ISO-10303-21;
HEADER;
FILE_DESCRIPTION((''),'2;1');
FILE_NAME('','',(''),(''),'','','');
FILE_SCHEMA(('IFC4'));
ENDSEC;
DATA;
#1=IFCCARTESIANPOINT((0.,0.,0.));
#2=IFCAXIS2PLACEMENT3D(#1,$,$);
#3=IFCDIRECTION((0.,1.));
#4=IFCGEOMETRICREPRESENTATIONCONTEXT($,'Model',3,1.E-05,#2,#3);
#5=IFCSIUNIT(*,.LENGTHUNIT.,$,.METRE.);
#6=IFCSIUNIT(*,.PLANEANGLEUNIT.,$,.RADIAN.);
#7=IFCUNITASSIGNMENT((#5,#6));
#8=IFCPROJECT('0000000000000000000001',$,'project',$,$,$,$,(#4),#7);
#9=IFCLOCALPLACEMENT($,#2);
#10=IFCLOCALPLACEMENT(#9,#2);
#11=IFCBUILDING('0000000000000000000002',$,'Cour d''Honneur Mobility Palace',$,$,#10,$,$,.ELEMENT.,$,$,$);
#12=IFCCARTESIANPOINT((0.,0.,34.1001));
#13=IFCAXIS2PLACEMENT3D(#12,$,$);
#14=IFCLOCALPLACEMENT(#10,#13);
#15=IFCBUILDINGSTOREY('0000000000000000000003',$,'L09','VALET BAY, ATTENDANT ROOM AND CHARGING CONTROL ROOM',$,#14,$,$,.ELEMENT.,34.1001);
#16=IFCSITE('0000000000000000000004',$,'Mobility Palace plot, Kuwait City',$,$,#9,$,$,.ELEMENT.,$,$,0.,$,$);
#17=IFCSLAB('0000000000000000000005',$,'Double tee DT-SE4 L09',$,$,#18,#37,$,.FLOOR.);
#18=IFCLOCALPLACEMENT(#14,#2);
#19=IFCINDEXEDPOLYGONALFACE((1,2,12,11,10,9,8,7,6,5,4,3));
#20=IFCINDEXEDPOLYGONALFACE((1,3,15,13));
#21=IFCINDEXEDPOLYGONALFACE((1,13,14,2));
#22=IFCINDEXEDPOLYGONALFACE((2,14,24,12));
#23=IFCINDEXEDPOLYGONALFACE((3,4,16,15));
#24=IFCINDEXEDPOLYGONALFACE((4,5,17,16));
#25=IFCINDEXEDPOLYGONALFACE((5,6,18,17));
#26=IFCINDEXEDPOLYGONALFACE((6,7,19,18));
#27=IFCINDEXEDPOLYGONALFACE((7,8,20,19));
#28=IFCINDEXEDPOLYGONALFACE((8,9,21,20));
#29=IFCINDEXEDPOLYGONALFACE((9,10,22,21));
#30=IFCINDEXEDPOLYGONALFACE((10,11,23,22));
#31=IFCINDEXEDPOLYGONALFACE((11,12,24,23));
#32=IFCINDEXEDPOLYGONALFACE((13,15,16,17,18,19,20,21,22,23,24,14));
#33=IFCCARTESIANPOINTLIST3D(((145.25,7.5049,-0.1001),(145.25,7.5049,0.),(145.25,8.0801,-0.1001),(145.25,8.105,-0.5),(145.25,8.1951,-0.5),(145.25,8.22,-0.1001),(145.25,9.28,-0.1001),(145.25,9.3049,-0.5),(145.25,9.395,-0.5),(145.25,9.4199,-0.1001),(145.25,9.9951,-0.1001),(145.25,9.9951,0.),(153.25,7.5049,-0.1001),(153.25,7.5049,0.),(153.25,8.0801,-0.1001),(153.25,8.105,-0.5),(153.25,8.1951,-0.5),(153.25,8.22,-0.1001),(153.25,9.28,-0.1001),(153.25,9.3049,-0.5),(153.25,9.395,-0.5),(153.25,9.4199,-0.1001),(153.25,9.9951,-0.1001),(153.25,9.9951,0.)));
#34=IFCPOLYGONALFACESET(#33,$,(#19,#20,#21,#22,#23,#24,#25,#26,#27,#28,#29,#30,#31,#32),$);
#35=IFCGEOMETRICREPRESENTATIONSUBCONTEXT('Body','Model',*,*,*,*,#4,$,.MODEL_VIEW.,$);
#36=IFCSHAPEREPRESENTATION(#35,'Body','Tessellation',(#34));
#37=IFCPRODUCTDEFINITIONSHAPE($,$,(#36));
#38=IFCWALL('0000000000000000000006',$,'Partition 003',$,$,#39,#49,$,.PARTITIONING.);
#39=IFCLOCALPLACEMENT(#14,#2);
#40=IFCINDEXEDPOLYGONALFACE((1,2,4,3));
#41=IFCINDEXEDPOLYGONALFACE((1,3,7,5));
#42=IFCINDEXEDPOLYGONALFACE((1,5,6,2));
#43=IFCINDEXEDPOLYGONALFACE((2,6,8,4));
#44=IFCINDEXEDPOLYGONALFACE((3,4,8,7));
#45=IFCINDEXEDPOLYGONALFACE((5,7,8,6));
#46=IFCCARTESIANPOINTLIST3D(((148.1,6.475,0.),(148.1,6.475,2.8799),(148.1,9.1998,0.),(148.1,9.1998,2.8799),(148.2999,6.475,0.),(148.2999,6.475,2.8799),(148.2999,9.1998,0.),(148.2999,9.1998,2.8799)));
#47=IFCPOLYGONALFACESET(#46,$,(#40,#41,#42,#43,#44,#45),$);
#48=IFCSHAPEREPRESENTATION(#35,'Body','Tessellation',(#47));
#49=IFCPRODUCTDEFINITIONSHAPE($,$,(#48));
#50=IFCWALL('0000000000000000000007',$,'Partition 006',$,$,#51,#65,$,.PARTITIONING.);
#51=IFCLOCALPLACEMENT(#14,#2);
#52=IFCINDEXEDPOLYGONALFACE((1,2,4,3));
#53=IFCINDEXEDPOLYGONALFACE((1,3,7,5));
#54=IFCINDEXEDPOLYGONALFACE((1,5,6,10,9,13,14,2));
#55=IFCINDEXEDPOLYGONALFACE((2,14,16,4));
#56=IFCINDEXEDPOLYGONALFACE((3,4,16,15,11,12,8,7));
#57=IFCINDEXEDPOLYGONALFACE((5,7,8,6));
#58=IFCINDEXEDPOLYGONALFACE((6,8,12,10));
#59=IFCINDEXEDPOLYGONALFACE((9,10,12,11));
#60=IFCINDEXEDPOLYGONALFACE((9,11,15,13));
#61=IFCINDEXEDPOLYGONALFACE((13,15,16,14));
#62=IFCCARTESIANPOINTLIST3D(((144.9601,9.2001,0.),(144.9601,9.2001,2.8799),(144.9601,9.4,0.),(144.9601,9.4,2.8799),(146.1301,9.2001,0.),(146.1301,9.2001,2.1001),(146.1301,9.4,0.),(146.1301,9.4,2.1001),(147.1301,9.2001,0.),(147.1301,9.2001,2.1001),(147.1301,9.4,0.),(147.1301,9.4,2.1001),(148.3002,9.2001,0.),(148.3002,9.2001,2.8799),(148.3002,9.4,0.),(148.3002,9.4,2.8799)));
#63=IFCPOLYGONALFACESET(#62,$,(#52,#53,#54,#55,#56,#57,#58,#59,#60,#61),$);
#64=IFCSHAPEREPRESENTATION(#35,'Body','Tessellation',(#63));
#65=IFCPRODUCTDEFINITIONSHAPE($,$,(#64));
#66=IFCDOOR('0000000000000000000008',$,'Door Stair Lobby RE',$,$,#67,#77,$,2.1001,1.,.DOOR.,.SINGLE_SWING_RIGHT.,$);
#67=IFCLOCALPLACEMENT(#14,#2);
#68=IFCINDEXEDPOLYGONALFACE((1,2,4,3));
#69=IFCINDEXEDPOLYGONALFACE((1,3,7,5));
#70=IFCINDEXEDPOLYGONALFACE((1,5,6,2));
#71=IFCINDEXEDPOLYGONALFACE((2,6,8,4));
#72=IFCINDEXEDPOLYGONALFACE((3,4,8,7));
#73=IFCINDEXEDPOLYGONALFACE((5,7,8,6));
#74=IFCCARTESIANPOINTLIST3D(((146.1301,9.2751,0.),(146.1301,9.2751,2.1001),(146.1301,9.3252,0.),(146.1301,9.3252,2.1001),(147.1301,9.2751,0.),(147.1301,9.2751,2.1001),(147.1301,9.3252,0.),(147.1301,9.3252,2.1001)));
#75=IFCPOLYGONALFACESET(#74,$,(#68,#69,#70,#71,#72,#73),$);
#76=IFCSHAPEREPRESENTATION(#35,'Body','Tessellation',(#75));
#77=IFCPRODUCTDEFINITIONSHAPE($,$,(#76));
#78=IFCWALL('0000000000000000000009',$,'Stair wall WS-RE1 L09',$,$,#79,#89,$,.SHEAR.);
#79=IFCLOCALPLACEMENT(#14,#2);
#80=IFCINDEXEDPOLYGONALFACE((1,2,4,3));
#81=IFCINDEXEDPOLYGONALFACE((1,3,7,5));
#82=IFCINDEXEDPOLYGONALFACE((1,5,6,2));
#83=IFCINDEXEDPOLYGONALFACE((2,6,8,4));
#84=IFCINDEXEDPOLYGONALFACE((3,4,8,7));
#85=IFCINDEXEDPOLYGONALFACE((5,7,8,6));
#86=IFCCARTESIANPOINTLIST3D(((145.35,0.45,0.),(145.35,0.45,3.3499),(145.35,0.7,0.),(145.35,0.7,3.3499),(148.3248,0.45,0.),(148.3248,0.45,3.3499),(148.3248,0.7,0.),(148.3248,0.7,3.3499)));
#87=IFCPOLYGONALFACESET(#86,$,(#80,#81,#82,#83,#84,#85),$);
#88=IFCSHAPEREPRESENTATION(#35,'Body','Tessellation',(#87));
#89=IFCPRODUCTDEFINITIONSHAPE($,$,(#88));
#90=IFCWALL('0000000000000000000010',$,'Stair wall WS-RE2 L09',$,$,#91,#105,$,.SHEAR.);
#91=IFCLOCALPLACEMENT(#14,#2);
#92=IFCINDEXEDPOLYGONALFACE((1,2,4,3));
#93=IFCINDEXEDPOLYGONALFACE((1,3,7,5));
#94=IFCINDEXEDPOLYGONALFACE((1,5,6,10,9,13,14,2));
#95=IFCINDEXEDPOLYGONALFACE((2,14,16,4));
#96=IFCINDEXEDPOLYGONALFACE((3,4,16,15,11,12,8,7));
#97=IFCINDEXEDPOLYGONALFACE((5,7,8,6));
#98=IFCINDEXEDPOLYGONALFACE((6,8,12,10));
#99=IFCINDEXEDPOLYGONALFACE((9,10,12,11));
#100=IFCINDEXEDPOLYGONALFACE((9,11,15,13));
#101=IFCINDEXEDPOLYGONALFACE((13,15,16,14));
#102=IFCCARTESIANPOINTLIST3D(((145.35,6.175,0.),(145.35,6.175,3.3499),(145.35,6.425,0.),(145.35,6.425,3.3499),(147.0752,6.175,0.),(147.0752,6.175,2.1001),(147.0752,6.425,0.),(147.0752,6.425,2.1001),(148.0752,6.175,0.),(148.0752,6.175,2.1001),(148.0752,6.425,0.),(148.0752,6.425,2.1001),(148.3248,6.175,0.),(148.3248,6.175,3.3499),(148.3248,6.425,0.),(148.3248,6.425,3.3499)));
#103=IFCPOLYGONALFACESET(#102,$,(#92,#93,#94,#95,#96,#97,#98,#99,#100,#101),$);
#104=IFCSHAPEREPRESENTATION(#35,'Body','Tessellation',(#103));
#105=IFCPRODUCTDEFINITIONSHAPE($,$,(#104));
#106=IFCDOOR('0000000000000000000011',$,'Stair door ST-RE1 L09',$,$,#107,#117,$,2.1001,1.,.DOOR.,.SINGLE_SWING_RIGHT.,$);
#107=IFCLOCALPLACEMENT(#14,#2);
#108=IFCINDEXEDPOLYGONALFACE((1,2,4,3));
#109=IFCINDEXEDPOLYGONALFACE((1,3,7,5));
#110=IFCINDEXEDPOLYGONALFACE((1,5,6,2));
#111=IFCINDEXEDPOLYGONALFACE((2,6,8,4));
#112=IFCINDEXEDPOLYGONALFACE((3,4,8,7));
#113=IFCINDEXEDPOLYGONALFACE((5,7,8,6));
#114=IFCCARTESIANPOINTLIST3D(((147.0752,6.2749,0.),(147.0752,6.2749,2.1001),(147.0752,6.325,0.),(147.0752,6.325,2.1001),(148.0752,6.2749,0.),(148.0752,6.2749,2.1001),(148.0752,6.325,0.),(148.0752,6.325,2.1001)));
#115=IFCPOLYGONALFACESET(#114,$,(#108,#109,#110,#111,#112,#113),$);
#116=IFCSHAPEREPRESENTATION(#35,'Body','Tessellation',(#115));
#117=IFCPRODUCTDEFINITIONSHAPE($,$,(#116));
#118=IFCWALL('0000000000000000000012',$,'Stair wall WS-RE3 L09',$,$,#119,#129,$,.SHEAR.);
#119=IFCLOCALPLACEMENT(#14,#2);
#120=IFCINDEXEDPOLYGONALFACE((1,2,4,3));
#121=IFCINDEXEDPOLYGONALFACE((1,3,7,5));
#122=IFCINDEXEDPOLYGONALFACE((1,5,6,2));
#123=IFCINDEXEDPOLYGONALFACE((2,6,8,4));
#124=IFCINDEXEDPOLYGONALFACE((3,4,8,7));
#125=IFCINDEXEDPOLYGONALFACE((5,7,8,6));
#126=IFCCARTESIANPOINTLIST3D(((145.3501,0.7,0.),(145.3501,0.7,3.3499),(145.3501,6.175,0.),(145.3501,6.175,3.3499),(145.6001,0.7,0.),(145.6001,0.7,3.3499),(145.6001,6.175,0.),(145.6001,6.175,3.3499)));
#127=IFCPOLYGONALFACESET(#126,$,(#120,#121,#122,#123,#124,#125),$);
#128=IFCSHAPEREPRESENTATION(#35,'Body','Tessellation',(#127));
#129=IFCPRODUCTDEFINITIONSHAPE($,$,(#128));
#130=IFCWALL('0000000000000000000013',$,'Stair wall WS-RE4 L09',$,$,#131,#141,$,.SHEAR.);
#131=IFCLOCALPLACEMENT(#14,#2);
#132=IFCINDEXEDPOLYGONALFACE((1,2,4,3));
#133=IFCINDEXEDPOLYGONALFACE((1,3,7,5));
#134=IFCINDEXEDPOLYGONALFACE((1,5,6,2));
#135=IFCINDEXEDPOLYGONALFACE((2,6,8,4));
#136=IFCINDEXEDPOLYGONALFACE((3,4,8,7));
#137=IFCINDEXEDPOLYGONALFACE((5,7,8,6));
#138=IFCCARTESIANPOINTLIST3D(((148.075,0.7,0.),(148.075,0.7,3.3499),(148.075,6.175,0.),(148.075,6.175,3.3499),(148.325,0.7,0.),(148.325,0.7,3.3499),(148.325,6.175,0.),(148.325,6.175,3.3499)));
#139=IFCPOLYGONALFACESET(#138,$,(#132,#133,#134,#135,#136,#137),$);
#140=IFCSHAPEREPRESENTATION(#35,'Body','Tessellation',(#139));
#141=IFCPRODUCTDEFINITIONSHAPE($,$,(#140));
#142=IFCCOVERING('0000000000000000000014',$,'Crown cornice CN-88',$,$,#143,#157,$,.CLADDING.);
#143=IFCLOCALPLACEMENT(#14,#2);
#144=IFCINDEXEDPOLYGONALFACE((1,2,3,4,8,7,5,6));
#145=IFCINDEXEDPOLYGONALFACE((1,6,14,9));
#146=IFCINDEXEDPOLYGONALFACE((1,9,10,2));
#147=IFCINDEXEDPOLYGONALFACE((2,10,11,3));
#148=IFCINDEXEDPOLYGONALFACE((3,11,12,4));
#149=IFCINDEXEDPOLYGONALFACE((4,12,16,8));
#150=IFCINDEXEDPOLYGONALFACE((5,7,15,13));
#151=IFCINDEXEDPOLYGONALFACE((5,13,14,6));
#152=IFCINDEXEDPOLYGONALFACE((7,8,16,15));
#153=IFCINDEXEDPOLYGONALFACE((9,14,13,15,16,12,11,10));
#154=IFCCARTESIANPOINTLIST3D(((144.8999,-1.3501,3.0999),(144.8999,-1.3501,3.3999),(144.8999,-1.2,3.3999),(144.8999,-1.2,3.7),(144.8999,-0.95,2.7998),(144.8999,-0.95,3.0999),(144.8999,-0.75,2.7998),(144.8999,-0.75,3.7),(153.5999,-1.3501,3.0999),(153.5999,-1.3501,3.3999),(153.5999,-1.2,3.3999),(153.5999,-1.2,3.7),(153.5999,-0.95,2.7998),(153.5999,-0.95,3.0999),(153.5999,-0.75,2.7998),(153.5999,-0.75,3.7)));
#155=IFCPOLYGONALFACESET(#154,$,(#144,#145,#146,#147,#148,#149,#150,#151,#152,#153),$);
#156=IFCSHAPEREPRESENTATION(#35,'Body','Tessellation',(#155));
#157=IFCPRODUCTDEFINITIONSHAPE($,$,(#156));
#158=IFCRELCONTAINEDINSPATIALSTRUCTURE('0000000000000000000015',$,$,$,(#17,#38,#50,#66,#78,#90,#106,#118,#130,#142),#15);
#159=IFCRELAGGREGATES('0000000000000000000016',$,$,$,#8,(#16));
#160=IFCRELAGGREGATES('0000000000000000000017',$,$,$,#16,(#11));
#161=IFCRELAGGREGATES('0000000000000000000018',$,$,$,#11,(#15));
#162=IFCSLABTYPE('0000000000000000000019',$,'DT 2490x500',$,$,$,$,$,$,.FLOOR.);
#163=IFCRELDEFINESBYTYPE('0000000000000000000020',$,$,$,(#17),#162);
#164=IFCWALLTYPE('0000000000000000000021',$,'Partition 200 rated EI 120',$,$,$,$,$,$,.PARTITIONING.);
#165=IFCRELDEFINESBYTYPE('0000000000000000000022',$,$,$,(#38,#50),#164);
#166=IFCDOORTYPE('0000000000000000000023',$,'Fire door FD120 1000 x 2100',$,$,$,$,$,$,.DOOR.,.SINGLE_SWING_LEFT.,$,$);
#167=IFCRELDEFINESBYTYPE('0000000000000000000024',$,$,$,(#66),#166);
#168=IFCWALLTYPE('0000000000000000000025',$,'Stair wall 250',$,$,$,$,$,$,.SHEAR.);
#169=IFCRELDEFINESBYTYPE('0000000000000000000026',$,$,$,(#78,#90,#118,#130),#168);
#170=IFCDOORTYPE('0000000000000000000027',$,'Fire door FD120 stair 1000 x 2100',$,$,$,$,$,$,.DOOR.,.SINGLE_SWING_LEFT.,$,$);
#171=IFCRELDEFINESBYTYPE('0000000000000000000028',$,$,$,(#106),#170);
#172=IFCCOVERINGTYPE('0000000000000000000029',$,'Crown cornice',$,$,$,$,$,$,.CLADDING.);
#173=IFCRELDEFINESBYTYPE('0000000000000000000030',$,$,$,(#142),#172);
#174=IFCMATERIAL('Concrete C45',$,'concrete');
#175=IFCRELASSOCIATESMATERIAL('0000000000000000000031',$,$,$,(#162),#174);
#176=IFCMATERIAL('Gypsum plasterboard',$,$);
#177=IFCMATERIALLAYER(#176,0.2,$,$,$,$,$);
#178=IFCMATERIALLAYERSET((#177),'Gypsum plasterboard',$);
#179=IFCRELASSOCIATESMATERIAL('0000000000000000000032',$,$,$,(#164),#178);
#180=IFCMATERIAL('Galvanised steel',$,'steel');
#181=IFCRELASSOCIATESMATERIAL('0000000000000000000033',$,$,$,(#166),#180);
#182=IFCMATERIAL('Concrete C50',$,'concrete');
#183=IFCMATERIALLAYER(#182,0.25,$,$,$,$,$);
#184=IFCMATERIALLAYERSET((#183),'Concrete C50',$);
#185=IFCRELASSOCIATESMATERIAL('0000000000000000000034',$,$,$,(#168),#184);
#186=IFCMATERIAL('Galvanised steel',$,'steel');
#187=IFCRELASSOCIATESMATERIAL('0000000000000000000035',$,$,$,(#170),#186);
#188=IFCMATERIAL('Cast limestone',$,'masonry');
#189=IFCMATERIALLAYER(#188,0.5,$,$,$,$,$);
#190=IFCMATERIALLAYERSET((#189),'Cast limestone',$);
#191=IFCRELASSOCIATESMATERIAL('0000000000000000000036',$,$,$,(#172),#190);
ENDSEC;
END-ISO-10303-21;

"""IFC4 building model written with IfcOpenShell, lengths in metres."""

from ifc_helpers import new_model, si_unit, direction, frame, frame_2d, origin, place, context, subcontext, project, spatial, polyline, rectangle, outline, extrude, material, layer, layer_set, material_profile, profile_set, type_object, element, fill, save


model = new_model("IFC4")

# Units and contexts
model_context = context("Model", 3, precision=1e-05, world=origin(), true_north=direction((0.0, 1.0)))
body_context = subcontext(model_context, "Body", "Model", "MODEL_VIEW")
ifc_project = project(units=[si_unit("LENGTHUNIT", "METRE"), si_unit("PLANEANGLEUNIT", "RADIAN")], contexts=[model_context])

# Site, building, storey
site_placement = place(None, origin())
site = spatial("IfcSite", under=ifc_project, at=site_placement, Name="Mobility Palace plot, Kuwait City", CompositionType="ELEMENT", RefElevation=0.0)
building_placement = place(site_placement, origin())
building = spatial("IfcBuilding", under=site, at=building_placement, Name="Cour d'Honneur Mobility Palace", CompositionType="ELEMENT")
storey_placement = place(building_placement, frame((0.0, 0.0, 34.1001)))
storey = spatial("IfcBuildingStorey", under=building, at=storey_placement, Name="L09", Description="VALET BAY, ATTENDANT ROOM AND CHARGING CONTROL ROOM", CompositionType="ELEMENT", Elevation=34.1001)

# Slab
ifc_material_1 = material(Name="Concrete C45", Category="concrete")
ifc_material_profile_1 = material_profile(ifc_material_1, outline(polyline([(-1.2451, 0.0), (1.2451, 0.0), (1.2451, -0.1001), (0.6699, -0.1001), (0.645, -0.5), (0.5549, -0.5), (0.53, -0.1001), (-0.53, -0.1001), (-0.5549, -0.5), (-0.645, -0.5), (-0.6699, -0.1001), (-1.2451, -0.1001), (-1.2451, 0.0)])), Name="DT 2490x500")
ifc_profile_set_1 = profile_set([ifc_material_profile_1], Name="Concrete C45")
slab_type_1 = type_object("IfcSlabType", Name="DT 2490x500", PredefinedType="FLOOR", material=ifc_profile_set_1)
slab_1_placement = place(storey_placement, frame((145.25, 8.75, 0.0), z_axis=(1.0, 0.0, 0.0), x_axis=(0.0, 1.0, 0.0)))
element("IfcSlab", 1, at=slab_1_placement, inside=storey, type_object=slab_type_1, Name="Double tee DT-SE4 L09", PredefinedType="FLOOR", context=body_context, shape_type="SweptSolid", body=[
    extrude(outline(polyline([(-1.2451, 0.0), (1.2451, 0.0), (1.2451, -0.1001), (0.6699, -0.1001), (0.645, -0.5), (0.5549, -0.5), (0.53, -0.1001), (-0.53, -0.1001), (-0.5549, -0.5), (-0.645, -0.5), (-0.6699, -0.1001), (-1.2451, -0.1001), (-1.2451, 0.0)])), origin(), (0.0, 0.0, 1.0), 8.0),
])

# Wall
ifc_material_2 = material(Name="Gypsum plasterboard")
ifc_layer_1 = layer(ifc_material_2, 0.2)
ifc_layer_set_1 = layer_set([ifc_layer_1], Name="Gypsum plasterboard")
wall_type_1 = type_object("IfcWallType", Name="Partition 200 rated EI 120", PredefinedType="PARTITIONING", material=ifc_layer_set_1)
wall_1_placement = place(storey_placement, frame((148.2, 6.4751, 0.0), z_axis=(0.0, 0.0, 1.0), x_axis=(0.0, 1.0, 0.0)))
element("IfcWall", 2, at=wall_1_placement, inside=storey, type_object=wall_type_1, Name="Partition 003", PredefinedType="PARTITIONING", context=body_context, shape_type="SweptSolid", body=[
    extrude(rectangle(XDim=2.7249, YDim=0.2, at=frame_2d((1.3623, 0.0))), origin(), (0.0, 0.0, 1.0), 2.8799),
])

# Wall, opening, door
wall_2_placement = place(storey_placement, frame((148.3, 9.3, 0.0), z_axis=(0.0, 0.0, 1.0), x_axis=(-1.0, 0.0, 0.0)))
wall_2 = element("IfcWall", 3, at=wall_2_placement, inside=storey, type_object=wall_type_1, Name="Partition 006", PredefinedType="PARTITIONING", context=body_context, shape_type="SweptSolid", body=[
    extrude(rectangle(XDim=3.3401, YDim=0.2, at=frame_2d((1.6699, 0.0))), origin(), (0.0, 0.0, 1.0), 2.8799),
])
opening_1_placement = place(wall_2_placement, frame((1.1699, 0.0, 0.0)))
opening_1 = element("IfcOpeningElement", 4, at=opening_1_placement, cuts=wall_2, PredefinedType="OPENING", context=body_context, shape_type="SweptSolid", body=[
    extrude(rectangle(XDim=1.0, YDim=2.1001, at=frame_2d((0.5, 1.05))), frame((0.0, 0.1099, 0.0), z_axis=(0.0, -1.0, 0.0), x_axis=(1.0, 0.0, 0.0)), (0.0, 0.0, 1.0), 0.22),
])
ifc_material_3 = material(Name="Galvanised steel", Category="steel")
door_type_1 = type_object("IfcDoorType", Name="Fire door FD120 1000 x 2100", OperationType="SINGLE_SWING_LEFT", PredefinedType="DOOR", material=ifc_material_3)
door_1_placement = place(opening_1_placement, origin())
door_1 = element("IfcDoor", 5, at=door_1_placement, inside=storey, type_object=door_type_1, Name="Door Stair Lobby RE", OperationType="SINGLE_SWING_RIGHT", OverallHeight=2.1001, OverallWidth=1.0, PredefinedType="DOOR", context=body_context, shape_type="SweptSolid", body=[
    extrude(rectangle(XDim=1.0, YDim=2.1001, at=frame_2d((0.5, 1.05))), frame((0.0, 0.0249, 0.0), z_axis=(0.0, -1.0, 0.0), x_axis=(1.0, 0.0, 0.0)), (0.0, 0.0, 1.0), 0.05),
])
fill(opening_1, door_1)

# Wall
ifc_material_4 = material(Name="Concrete C50", Category="concrete")
ifc_layer_2 = layer(ifc_material_4, 0.25)
ifc_layer_set_2 = layer_set([ifc_layer_2], Name="Concrete C50")
wall_type_2 = type_object("IfcWallType", Name="Stair wall 250", PredefinedType="SHEAR", material=ifc_layer_set_2)
wall_3_placement = place(storey_placement, frame((145.3501, 0.575, 0.0), z_axis=(0.0, 0.0, 1.0), x_axis=(1.0, 0.0, 0.0)))
element("IfcWall", 6, at=wall_3_placement, inside=storey, type_object=wall_type_2, Name="Stair wall WS-RE1 L09", PredefinedType="SHEAR", context=body_context, shape_type="SweptSolid", body=[
    extrude(rectangle(XDim=2.9749, YDim=0.25, at=frame_2d((1.4873, 0.0))), origin(), (0.0, 0.0, 1.0), 3.3499),
])

# Wall, opening, door
wall_4_placement = place(storey_placement, frame((145.3501, 6.3, 0.0), z_axis=(0.0, 0.0, 1.0), x_axis=(1.0, 0.0, 0.0)))
wall_4 = element("IfcWall", 7, at=wall_4_placement, inside=storey, type_object=wall_type_2, Name="Stair wall WS-RE2 L09", PredefinedType="SHEAR", context=body_context, shape_type="SweptSolid", body=[
    extrude(rectangle(XDim=2.9749, YDim=0.25, at=frame_2d((1.4873, 0.0))), origin(), (0.0, 0.0, 1.0), 3.3499),
])
opening_2_placement = place(wall_4_placement, frame((1.7251, 0.0, 0.0)))
opening_2 = element("IfcOpeningElement", 8, at=opening_2_placement, cuts=wall_4, PredefinedType="OPENING", context=body_context, shape_type="SweptSolid", body=[
    extrude(rectangle(XDim=1.0, YDim=2.1001, at=frame_2d((0.5, 1.05))), frame((0.0, 0.135, 0.0), z_axis=(0.0, -1.0, 0.0), x_axis=(1.0, 0.0, 0.0)), (0.0, 0.0, 1.0), 0.27),
])
ifc_material_5 = material(Name="Galvanised steel", Category="steel")
door_type_2 = type_object("IfcDoorType", Name="Fire door FD120 stair 1000 x 2100", OperationType="SINGLE_SWING_LEFT", PredefinedType="DOOR", material=ifc_material_5)
door_2_placement = place(opening_2_placement, origin())
door_2 = element("IfcDoor", 9, at=door_2_placement, inside=storey, type_object=door_type_2, Name="Stair door ST-RE1 L09", OperationType="SINGLE_SWING_RIGHT", OverallHeight=2.1001, OverallWidth=1.0, PredefinedType="DOOR", context=body_context, shape_type="SweptSolid", body=[
    extrude(rectangle(XDim=1.0, YDim=2.1001, at=frame_2d((0.5, 1.05))), frame((0.0, 0.0249, 0.0), z_axis=(0.0, -1.0, 0.0), x_axis=(1.0, 0.0, 0.0)), (0.0, 0.0, 1.0), 0.05),
])
fill(opening_2, door_2)

# Walls
for number, where, z_axis, x_axis, name in (
    (10, (145.4751, 0.7, 0.0), (0.0, 0.0, 1.0), (0.0, 1.0, 0.0), "Stair wall WS-RE3 L09"),
    (11, (148.2, 0.7, 0.0), (0.0, 0.0, 1.0), (0.0, 1.0, 0.0), "Stair wall WS-RE4 L09"),
):
    element("IfcWall", number, at=place(storey_placement, frame(where, z_axis=z_axis, x_axis=x_axis)), inside=storey, type_object=wall_type_2, Name=name, PredefinedType="SHEAR", context=body_context, shape_type="SweptSolid", body=[
        extrude(rectangle(XDim=5.4751, YDim=0.25, at=frame_2d((2.7375, 0.0))), origin(), (0.0, 0.0, 1.0), 3.3499),
    ])

# Covering
ifc_material_6 = material(Name="Cast limestone", Category="masonry")
ifc_layer_3 = layer(ifc_material_6, 0.5)
ifc_layer_set_3 = layer_set([ifc_layer_3], Name="Cast limestone")
covering_type = type_object("IfcCoveringType", Name="Crown cornice", PredefinedType="CLADDING", material=ifc_layer_set_3)
covering_placement = place(storey_placement, frame((144.8999, -0.75, 2.7998), z_axis=(-1.0, 0.0, 0.0), x_axis=(0.0, -1.0, 0.0)))
element("IfcCovering", 12, at=covering_placement, inside=storey, type_object=covering_type, Name="Crown cornice CN-88", PredefinedType="CLADDING", context=body_context, shape_type="SweptSolid", body=[
    extrude(outline(polyline([(0.0, 0.0), (0.2, 0.0), (0.2, 0.3), (0.6001, 0.3), (0.6001, 0.6001), (0.45, 0.6001), (0.45, 0.9001), (0.0, 0.9001), (0.0, 0.0)])), origin(), (0.0, 0.0, -1.0), 8.7),
])

save(model, "model.ifc")
